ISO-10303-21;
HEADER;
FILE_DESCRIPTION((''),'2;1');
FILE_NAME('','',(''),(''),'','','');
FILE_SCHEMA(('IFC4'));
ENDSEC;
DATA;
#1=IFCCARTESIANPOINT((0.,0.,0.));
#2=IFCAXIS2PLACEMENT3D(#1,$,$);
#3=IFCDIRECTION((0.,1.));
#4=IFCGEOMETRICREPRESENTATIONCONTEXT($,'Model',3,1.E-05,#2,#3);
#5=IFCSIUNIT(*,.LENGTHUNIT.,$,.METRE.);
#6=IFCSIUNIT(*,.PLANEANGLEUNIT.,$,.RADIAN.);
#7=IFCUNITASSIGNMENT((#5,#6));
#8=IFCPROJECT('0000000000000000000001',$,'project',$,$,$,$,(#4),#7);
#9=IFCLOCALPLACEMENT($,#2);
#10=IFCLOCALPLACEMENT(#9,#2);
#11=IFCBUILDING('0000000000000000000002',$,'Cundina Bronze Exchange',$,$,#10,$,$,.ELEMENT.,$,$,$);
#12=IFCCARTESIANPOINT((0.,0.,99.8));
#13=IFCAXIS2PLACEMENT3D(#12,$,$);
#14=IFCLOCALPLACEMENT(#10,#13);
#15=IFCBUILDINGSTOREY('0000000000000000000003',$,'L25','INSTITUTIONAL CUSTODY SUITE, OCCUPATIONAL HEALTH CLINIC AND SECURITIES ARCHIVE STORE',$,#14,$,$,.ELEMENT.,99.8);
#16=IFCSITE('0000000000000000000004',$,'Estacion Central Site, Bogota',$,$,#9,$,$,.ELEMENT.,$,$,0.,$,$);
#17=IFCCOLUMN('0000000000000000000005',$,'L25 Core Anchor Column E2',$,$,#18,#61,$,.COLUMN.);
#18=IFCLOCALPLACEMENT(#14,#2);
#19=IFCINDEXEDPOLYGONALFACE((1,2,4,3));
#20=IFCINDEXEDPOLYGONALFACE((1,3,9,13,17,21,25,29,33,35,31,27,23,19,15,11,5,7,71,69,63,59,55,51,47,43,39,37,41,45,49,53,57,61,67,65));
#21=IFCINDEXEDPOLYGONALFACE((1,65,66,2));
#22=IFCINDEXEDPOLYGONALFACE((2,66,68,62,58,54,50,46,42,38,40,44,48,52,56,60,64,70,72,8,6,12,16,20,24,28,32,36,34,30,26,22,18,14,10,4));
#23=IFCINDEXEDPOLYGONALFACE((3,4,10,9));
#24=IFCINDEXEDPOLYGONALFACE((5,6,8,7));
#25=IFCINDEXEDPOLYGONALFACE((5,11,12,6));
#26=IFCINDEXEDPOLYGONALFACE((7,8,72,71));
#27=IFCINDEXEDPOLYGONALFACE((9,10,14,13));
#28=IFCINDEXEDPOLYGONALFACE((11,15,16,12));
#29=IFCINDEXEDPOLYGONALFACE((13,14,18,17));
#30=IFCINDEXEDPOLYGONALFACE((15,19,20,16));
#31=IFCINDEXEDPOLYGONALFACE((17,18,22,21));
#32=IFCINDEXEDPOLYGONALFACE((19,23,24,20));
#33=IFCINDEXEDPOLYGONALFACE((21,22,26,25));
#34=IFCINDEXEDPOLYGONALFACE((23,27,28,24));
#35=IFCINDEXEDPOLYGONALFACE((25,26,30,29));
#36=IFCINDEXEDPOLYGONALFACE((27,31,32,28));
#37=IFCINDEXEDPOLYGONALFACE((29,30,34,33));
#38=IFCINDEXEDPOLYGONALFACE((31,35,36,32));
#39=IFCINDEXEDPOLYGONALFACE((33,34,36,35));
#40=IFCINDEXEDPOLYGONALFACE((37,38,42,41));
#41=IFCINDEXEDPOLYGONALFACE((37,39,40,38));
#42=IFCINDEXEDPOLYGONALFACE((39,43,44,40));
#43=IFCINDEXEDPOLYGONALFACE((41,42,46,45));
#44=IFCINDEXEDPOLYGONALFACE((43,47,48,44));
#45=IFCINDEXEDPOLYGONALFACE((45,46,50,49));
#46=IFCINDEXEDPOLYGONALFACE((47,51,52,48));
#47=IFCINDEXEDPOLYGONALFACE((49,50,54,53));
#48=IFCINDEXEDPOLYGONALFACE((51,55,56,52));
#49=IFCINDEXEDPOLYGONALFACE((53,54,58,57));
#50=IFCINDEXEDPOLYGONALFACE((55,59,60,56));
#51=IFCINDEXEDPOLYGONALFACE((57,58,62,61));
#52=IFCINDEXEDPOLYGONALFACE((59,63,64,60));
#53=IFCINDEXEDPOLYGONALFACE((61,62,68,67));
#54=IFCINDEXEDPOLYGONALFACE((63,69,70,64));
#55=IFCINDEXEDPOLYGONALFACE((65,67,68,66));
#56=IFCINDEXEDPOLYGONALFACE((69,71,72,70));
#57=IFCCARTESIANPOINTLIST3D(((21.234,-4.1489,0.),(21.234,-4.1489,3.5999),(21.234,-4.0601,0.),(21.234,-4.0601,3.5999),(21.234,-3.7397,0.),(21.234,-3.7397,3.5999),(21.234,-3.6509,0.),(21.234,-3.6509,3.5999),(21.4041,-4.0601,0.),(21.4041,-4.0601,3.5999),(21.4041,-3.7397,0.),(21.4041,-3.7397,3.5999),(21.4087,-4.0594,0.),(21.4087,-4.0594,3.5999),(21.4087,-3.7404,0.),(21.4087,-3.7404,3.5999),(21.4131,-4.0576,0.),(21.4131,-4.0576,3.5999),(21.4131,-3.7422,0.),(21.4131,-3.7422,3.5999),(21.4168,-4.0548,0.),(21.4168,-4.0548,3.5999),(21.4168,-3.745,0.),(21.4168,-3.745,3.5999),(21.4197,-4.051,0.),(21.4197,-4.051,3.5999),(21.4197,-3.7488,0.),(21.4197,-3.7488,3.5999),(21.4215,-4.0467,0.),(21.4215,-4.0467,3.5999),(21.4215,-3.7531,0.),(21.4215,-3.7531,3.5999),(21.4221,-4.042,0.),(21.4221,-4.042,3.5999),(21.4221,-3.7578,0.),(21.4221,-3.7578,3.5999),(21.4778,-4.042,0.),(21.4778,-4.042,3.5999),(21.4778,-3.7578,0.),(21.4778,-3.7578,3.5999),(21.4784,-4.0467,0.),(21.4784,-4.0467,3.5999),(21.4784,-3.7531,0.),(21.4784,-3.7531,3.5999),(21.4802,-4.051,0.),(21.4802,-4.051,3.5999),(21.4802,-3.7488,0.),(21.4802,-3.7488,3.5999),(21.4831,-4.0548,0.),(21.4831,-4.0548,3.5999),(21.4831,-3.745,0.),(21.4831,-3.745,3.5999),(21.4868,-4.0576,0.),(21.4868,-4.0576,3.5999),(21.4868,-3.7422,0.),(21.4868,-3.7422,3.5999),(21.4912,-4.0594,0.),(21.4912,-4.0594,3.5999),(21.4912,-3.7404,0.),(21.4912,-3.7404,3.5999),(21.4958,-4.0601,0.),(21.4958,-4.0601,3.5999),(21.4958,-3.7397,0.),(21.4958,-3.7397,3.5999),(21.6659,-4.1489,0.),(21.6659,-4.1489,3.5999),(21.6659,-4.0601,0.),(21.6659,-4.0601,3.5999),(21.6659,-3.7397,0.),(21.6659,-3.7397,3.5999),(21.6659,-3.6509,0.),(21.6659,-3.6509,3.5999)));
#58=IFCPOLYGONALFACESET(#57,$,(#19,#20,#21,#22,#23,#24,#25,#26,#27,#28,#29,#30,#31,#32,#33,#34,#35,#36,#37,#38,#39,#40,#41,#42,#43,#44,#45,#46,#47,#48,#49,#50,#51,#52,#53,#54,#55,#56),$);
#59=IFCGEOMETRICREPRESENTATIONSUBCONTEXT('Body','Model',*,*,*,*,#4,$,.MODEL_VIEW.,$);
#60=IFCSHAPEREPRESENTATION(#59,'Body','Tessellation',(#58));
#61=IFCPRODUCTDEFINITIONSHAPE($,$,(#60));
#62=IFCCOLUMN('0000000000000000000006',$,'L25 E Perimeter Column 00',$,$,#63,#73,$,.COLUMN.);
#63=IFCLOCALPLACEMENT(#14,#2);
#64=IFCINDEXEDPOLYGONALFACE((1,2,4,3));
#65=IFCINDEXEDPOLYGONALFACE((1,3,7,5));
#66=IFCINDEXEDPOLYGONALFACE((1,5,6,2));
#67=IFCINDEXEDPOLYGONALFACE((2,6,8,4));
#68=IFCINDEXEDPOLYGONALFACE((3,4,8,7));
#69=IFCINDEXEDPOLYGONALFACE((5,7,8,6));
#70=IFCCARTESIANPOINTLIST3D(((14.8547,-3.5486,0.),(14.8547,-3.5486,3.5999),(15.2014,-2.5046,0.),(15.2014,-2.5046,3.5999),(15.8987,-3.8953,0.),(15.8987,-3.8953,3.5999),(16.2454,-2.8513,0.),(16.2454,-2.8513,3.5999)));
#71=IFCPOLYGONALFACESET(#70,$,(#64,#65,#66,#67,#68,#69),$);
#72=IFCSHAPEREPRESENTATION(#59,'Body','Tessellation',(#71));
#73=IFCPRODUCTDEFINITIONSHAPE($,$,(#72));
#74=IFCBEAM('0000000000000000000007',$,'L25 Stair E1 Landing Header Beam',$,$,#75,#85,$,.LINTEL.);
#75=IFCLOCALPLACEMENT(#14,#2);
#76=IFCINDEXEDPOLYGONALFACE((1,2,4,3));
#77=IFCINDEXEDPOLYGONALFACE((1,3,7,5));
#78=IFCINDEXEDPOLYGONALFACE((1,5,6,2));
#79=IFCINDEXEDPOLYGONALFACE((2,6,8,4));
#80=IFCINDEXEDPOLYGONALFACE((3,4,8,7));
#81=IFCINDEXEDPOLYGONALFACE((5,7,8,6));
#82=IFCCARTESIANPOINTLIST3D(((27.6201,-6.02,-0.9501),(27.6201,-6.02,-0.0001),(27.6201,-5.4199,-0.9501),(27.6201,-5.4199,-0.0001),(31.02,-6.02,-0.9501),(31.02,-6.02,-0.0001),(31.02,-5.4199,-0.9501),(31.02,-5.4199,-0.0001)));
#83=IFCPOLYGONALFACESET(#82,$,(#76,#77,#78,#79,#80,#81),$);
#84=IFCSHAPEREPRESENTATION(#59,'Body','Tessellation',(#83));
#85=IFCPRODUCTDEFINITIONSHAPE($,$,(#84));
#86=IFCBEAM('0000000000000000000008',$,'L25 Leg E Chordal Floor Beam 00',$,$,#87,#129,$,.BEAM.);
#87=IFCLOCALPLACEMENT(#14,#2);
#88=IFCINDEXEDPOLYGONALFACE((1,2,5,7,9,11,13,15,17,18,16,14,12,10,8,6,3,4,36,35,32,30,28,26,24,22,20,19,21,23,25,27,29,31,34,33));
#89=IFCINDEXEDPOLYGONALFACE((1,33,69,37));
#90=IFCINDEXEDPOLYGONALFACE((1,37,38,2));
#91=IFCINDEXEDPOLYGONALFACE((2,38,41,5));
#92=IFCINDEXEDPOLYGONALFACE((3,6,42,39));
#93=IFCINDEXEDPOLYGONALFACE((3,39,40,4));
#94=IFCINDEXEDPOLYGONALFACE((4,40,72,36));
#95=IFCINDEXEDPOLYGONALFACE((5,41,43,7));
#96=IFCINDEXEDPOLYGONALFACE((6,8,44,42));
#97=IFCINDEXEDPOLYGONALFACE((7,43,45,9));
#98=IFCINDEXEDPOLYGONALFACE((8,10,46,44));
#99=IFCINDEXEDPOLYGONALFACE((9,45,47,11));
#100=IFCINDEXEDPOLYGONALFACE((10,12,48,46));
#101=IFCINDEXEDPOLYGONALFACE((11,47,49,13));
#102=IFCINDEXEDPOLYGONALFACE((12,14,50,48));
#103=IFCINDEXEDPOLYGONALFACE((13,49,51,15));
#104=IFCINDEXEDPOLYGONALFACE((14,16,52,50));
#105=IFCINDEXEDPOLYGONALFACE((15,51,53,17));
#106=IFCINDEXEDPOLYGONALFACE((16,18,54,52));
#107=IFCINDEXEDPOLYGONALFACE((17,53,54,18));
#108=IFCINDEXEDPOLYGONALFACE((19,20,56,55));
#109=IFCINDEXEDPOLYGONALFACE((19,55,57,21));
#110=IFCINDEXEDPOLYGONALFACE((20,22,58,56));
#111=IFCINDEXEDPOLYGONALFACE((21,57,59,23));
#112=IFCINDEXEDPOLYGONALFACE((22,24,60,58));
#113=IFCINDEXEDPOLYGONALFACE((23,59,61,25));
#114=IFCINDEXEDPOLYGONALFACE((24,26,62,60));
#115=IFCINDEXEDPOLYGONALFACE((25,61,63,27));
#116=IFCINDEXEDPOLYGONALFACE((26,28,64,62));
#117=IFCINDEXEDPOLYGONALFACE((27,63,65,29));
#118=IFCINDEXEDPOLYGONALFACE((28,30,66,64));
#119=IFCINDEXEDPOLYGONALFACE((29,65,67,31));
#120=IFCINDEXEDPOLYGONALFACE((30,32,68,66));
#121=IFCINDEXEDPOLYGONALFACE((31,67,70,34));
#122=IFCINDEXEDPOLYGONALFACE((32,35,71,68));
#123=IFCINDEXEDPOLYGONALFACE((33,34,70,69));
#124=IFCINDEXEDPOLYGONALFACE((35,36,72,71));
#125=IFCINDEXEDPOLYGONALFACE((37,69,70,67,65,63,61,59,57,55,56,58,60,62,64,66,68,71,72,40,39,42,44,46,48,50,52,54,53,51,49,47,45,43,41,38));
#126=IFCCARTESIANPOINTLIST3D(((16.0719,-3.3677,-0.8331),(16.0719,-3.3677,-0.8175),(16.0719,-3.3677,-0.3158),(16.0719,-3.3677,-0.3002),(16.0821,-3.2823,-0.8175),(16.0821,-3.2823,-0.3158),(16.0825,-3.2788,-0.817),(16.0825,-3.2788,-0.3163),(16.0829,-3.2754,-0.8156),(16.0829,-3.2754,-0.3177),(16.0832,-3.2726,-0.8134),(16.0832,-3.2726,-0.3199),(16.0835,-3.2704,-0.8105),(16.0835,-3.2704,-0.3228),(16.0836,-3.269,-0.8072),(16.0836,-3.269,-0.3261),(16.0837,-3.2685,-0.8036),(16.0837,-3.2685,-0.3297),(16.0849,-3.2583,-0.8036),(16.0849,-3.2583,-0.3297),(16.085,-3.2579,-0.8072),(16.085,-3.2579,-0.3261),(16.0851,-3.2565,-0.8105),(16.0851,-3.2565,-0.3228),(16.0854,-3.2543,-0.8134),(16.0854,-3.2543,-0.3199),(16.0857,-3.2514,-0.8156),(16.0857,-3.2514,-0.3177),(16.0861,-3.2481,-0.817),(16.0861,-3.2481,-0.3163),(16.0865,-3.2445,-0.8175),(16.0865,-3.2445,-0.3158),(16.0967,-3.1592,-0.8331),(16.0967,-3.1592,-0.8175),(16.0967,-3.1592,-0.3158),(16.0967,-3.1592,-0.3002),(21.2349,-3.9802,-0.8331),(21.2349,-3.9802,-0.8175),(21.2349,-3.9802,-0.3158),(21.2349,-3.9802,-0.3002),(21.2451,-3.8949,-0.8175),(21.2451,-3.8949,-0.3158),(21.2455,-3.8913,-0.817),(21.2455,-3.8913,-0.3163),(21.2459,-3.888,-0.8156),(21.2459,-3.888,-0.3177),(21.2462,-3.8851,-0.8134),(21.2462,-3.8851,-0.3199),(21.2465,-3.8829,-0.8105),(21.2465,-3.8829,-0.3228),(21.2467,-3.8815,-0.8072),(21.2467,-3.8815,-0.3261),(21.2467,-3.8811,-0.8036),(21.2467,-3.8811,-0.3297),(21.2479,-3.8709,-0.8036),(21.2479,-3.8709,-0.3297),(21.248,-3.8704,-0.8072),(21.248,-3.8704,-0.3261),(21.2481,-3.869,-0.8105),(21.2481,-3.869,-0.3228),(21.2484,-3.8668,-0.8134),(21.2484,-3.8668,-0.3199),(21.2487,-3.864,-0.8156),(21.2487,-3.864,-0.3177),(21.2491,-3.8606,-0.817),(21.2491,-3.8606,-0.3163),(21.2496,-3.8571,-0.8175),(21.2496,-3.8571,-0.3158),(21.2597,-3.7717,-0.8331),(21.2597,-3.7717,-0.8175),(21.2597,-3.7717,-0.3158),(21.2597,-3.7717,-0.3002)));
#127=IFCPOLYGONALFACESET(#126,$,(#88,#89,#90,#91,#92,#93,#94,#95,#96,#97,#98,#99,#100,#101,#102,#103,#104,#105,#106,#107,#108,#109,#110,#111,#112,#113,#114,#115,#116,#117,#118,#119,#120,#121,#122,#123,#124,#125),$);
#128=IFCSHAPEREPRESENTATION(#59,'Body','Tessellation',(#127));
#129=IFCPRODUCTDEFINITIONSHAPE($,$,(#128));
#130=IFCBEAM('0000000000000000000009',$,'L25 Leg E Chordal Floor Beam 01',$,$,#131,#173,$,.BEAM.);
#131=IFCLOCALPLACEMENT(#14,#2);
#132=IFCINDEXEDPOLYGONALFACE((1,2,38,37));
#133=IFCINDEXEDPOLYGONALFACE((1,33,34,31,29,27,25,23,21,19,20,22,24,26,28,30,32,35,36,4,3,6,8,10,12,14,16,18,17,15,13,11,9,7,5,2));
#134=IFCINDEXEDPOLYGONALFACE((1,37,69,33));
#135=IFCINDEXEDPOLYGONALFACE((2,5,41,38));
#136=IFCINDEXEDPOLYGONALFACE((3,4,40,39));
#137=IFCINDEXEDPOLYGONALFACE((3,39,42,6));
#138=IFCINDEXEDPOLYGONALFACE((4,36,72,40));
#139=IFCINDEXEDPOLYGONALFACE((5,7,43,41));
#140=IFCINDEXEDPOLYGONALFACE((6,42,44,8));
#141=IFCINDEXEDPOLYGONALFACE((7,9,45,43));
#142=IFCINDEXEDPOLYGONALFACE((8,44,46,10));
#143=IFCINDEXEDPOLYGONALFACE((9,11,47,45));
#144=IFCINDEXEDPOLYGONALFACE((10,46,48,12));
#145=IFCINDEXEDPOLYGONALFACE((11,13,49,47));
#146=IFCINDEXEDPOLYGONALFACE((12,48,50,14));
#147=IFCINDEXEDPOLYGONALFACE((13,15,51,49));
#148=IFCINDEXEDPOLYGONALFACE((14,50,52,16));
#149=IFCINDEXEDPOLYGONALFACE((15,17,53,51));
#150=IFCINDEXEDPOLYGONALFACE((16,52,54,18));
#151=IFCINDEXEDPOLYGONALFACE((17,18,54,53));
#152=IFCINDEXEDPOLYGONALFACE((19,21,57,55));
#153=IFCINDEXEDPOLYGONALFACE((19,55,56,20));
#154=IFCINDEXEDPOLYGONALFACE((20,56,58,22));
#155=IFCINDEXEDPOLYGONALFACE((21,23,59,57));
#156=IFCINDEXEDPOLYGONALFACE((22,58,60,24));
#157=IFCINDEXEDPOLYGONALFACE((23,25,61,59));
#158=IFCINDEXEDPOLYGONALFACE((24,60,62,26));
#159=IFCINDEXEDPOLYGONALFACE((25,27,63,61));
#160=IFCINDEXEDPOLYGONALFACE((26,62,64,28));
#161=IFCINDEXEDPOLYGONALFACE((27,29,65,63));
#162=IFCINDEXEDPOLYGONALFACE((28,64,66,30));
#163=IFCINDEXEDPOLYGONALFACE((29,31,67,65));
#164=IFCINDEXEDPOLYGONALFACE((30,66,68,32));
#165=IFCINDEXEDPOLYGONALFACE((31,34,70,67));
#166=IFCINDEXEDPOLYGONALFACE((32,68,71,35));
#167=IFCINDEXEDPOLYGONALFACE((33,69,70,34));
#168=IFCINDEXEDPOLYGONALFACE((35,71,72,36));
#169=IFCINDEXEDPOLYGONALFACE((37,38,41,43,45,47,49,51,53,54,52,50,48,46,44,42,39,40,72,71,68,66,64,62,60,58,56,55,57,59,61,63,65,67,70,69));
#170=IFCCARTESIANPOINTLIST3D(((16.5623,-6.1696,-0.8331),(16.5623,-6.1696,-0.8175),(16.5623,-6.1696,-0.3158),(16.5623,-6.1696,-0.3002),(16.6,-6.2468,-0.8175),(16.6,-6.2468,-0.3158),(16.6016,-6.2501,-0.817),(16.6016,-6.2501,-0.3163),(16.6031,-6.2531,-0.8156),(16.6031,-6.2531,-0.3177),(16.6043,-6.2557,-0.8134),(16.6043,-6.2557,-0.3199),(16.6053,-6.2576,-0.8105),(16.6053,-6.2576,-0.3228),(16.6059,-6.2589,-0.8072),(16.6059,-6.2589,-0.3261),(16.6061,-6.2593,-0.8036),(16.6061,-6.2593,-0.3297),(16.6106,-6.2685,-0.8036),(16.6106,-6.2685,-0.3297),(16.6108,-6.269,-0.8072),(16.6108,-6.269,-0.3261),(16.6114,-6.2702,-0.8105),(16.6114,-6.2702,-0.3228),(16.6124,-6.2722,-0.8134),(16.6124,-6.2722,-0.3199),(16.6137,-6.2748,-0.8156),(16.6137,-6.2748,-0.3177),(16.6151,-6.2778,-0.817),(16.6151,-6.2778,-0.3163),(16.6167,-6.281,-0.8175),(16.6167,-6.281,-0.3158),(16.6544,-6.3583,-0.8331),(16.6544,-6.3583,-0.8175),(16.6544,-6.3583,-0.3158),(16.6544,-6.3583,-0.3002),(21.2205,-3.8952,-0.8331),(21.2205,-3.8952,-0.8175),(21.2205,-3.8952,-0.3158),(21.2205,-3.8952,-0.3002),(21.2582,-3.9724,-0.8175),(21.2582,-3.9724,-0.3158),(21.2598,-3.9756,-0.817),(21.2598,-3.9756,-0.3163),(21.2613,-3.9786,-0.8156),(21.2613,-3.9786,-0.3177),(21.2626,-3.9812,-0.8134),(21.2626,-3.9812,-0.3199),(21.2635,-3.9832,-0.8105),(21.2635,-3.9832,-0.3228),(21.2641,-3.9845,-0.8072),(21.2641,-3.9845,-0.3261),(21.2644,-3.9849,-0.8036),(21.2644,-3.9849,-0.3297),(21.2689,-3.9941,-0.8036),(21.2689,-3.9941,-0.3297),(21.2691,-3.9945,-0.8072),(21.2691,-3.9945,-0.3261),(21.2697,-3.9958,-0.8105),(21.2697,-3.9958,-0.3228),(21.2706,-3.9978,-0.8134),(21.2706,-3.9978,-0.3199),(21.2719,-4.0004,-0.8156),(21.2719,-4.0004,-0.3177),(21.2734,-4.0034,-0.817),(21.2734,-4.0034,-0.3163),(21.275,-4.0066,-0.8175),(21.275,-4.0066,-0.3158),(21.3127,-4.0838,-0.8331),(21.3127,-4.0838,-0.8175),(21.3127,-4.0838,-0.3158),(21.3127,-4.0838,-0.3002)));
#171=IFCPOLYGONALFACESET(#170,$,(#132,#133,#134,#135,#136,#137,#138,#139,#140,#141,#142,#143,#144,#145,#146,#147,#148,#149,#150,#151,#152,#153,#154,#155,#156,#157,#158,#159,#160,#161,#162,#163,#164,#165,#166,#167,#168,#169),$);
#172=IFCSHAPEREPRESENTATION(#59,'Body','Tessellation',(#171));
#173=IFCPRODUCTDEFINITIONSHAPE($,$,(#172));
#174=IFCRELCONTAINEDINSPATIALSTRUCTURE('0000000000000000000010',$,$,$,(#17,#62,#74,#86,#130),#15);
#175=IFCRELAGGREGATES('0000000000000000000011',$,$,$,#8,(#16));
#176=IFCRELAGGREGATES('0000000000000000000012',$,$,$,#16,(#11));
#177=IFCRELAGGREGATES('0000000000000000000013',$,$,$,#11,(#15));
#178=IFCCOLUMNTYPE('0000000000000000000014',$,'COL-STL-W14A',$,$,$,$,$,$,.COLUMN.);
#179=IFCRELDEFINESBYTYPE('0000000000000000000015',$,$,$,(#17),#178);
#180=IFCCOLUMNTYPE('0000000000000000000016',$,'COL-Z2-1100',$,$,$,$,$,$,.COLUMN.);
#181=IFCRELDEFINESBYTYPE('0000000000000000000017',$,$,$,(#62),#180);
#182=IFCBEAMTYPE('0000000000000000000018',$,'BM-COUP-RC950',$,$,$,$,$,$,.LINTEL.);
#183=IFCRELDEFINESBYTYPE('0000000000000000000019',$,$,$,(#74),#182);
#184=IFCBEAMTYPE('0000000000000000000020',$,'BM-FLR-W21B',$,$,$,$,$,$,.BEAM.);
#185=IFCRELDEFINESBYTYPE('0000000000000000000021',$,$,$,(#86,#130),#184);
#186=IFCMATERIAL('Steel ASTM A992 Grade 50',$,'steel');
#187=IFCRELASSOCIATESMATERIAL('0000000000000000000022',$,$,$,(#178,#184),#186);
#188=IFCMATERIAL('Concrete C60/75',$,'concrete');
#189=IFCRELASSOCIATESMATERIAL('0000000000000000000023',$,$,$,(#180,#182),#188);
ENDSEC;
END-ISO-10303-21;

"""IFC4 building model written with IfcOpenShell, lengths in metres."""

from ifc_helpers import new_model, si_unit, direction, frame, origin, origin_2d, place, context, subcontext, project, spatial, rectangle, i_section, extrude, material, material_profile, profile_set, type_object, element, save


model = new_model("IFC4")

# Units and contexts
model_context = context("Model", 3, precision=1e-05, world=origin(), true_north=direction((0.0, 1.0)))
body_context = subcontext(model_context, "Body", "Model", "MODEL_VIEW")
ifc_project = project(units=[si_unit("LENGTHUNIT", "METRE"), si_unit("PLANEANGLEUNIT", "RADIAN")], contexts=[model_context])

# Site, building, storey
site_placement = place(None, origin())
site = spatial("IfcSite", under=ifc_project, at=site_placement, Name="Estacion Central Site, Bogota", CompositionType="ELEMENT", RefElevation=0.0)
building_placement = place(site_placement, origin())
building = spatial("IfcBuilding", under=site, at=building_placement, Name="Cundina Bronze Exchange", CompositionType="ELEMENT")
storey_placement = place(building_placement, frame((0.0, 0.0, 99.8)))
storey = spatial("IfcBuildingStorey", under=building, at=storey_placement, Name="L25", Description="INSTITUTIONAL CUSTODY SUITE, OCCUPATIONAL HEALTH CLINIC AND SECURITIES ARCHIVE STORE", CompositionType="ELEMENT", Elevation=99.8)

# Columns
ifc_material_1 = material(Name="Steel ASTM A992 Grade 50", Category="steel")
ifc_material_profile_1 = material_profile(ifc_material_1, i_section(OverallWidth=0.4319, OverallDepth=0.498, WebThickness=0.0557, FlangeThickness=0.0889, FilletRadius=0.0181, at=origin_2d()), Name="W14X500", Category="steel")
ifc_profile_set_1 = profile_set([ifc_material_profile_1], Name="Steel ASTM A992 Grade 50")
column_type_1 = type_object("IfcColumnType", Name="COL-STL-W14A", PredefinedType="COLUMN", material=ifc_profile_set_1)
column_1_placement = place(storey_placement, frame((21.45, -3.8999, 0.0), z_axis=(0.0, 0.0, 1.0), x_axis=(1.0, 0.0, 0.0)))
element("IfcColumn", 1, at=column_1_placement, inside=storey, type_object=column_type_1, Name="L25 Core Anchor Column E2", PredefinedType="COLUMN", context=body_context, shape_type="SweptSolid", body=[
    extrude(i_section(OverallWidth=0.4319, OverallDepth=0.498, WebThickness=0.0557, FlangeThickness=0.0889, FilletRadius=0.0181, at=origin_2d()), origin(), (0.0, 0.0, 1.0), 3.5999),
])
ifc_material_2 = material(Name="Concrete C60/75", Category="concrete")
ifc_material_profile_2 = material_profile(ifc_material_2, rectangle(XDim=1.1001, YDim=1.1001, at=origin_2d()), Name="RC1100X1100", Category="concrete")
ifc_profile_set_2 = profile_set([ifc_material_profile_2], Name="Concrete C60/75")
column_type_2 = type_object("IfcColumnType", Name="COL-Z2-1100", PredefinedType="COLUMN", material=ifc_profile_set_2)
column_2_placement = place(storey_placement, frame((15.55, -3.2, 0.0), z_axis=(0.0, 0.0, 1.0), x_axis=(-0.315152, -0.949041, 0.0)))
element("IfcColumn", 2, at=column_2_placement, inside=storey, type_object=column_type_2, Name="L25 E Perimeter Column 00", PredefinedType="COLUMN", context=body_context, shape_type="SweptSolid", body=[
    extrude(rectangle(XDim=1.1001, YDim=1.1001, at=origin_2d()), origin(), (0.0, 0.0, 1.0), 3.5999),
])

# Beams
ifc_material_profile_3 = material_profile(ifc_material_2, rectangle(XDim=0.6001, YDim=0.95, at=origin_2d()), Name="RC600X950", Category="concrete")
ifc_profile_set_3 = profile_set([ifc_material_profile_3], Name="Concrete C60/75")
beam_type_1 = type_object("IfcBeamType", Name="BM-COUP-RC950", PredefinedType="LINTEL", material=ifc_profile_set_3)
beam_1_placement = place(storey_placement, frame((27.6201, -5.72, -0.4751), z_axis=(1.0, 0.0, 0.0), x_axis=(0.0, 1.0, 0.0)))
element("IfcBeam", 3, at=beam_1_placement, inside=storey, type_object=beam_type_1, Name="L25 Stair E1 Landing Header Beam", PredefinedType="LINTEL", context=body_context, shape_type="SweptSolid", body=[
    extrude(rectangle(XDim=0.6001, YDim=0.95, at=origin_2d()), origin(), (0.0, 0.0, 1.0), 3.3999),
])
ifc_material_profile_4 = material_profile(ifc_material_1, i_section(OverallWidth=0.21, OverallDepth=0.533, WebThickness=0.0103, FlangeThickness=0.0156, FilletRadius=0.0139, at=origin_2d()), Name="W21X62", Category="steel")
ifc_profile_set_4 = profile_set([ifc_material_profile_4], Name="Steel ASTM A992 Grade 50")
beam_type_2 = type_object("IfcBeamType", Name="BM-FLR-W21B", PredefinedType="BEAM", material=ifc_profile_set_4)
beam_2_placement = place(storey_placement, frame((21.2473, -3.876, -0.5667), z_axis=(-0.993036, 0.117814, 0.0), x_axis=(-0.117814, -0.993036, 0.0)))
element("IfcBeam", 4, at=beam_2_placement, inside=storey, type_object=beam_type_2, Name="L25 Leg E Chordal Floor Beam 00", PredefinedType="BEAM", context=body_context, shape_type="SweptSolid", body=[
    extrude(i_section(OverallWidth=0.21, OverallDepth=0.533, WebThickness=0.0103, FlangeThickness=0.0156, FilletRadius=0.0139, at=origin_2d()), origin(), (0.0, 0.0, 1.0), 5.1992),
])
beam_3_placement = place(storey_placement, frame((21.2666, -3.9895, -0.5667), z_axis=(-0.898607, -0.438754, 0.0), x_axis=(0.438754, -0.898607, 0.0)))
element("IfcBeam", 5, at=beam_3_placement, inside=storey, type_object=beam_type_2, Name="L25 Leg E Chordal Floor Beam 01", PredefinedType="BEAM", context=body_context, shape_type="SweptSolid", body=[
    extrude(i_section(OverallWidth=0.21, OverallDepth=0.533, WebThickness=0.0103, FlangeThickness=0.0156, FilletRadius=0.0139, at=origin_2d()), origin(), (0.0, 0.0, 1.0), 5.1838),
])

save(model, "model.ifc")
